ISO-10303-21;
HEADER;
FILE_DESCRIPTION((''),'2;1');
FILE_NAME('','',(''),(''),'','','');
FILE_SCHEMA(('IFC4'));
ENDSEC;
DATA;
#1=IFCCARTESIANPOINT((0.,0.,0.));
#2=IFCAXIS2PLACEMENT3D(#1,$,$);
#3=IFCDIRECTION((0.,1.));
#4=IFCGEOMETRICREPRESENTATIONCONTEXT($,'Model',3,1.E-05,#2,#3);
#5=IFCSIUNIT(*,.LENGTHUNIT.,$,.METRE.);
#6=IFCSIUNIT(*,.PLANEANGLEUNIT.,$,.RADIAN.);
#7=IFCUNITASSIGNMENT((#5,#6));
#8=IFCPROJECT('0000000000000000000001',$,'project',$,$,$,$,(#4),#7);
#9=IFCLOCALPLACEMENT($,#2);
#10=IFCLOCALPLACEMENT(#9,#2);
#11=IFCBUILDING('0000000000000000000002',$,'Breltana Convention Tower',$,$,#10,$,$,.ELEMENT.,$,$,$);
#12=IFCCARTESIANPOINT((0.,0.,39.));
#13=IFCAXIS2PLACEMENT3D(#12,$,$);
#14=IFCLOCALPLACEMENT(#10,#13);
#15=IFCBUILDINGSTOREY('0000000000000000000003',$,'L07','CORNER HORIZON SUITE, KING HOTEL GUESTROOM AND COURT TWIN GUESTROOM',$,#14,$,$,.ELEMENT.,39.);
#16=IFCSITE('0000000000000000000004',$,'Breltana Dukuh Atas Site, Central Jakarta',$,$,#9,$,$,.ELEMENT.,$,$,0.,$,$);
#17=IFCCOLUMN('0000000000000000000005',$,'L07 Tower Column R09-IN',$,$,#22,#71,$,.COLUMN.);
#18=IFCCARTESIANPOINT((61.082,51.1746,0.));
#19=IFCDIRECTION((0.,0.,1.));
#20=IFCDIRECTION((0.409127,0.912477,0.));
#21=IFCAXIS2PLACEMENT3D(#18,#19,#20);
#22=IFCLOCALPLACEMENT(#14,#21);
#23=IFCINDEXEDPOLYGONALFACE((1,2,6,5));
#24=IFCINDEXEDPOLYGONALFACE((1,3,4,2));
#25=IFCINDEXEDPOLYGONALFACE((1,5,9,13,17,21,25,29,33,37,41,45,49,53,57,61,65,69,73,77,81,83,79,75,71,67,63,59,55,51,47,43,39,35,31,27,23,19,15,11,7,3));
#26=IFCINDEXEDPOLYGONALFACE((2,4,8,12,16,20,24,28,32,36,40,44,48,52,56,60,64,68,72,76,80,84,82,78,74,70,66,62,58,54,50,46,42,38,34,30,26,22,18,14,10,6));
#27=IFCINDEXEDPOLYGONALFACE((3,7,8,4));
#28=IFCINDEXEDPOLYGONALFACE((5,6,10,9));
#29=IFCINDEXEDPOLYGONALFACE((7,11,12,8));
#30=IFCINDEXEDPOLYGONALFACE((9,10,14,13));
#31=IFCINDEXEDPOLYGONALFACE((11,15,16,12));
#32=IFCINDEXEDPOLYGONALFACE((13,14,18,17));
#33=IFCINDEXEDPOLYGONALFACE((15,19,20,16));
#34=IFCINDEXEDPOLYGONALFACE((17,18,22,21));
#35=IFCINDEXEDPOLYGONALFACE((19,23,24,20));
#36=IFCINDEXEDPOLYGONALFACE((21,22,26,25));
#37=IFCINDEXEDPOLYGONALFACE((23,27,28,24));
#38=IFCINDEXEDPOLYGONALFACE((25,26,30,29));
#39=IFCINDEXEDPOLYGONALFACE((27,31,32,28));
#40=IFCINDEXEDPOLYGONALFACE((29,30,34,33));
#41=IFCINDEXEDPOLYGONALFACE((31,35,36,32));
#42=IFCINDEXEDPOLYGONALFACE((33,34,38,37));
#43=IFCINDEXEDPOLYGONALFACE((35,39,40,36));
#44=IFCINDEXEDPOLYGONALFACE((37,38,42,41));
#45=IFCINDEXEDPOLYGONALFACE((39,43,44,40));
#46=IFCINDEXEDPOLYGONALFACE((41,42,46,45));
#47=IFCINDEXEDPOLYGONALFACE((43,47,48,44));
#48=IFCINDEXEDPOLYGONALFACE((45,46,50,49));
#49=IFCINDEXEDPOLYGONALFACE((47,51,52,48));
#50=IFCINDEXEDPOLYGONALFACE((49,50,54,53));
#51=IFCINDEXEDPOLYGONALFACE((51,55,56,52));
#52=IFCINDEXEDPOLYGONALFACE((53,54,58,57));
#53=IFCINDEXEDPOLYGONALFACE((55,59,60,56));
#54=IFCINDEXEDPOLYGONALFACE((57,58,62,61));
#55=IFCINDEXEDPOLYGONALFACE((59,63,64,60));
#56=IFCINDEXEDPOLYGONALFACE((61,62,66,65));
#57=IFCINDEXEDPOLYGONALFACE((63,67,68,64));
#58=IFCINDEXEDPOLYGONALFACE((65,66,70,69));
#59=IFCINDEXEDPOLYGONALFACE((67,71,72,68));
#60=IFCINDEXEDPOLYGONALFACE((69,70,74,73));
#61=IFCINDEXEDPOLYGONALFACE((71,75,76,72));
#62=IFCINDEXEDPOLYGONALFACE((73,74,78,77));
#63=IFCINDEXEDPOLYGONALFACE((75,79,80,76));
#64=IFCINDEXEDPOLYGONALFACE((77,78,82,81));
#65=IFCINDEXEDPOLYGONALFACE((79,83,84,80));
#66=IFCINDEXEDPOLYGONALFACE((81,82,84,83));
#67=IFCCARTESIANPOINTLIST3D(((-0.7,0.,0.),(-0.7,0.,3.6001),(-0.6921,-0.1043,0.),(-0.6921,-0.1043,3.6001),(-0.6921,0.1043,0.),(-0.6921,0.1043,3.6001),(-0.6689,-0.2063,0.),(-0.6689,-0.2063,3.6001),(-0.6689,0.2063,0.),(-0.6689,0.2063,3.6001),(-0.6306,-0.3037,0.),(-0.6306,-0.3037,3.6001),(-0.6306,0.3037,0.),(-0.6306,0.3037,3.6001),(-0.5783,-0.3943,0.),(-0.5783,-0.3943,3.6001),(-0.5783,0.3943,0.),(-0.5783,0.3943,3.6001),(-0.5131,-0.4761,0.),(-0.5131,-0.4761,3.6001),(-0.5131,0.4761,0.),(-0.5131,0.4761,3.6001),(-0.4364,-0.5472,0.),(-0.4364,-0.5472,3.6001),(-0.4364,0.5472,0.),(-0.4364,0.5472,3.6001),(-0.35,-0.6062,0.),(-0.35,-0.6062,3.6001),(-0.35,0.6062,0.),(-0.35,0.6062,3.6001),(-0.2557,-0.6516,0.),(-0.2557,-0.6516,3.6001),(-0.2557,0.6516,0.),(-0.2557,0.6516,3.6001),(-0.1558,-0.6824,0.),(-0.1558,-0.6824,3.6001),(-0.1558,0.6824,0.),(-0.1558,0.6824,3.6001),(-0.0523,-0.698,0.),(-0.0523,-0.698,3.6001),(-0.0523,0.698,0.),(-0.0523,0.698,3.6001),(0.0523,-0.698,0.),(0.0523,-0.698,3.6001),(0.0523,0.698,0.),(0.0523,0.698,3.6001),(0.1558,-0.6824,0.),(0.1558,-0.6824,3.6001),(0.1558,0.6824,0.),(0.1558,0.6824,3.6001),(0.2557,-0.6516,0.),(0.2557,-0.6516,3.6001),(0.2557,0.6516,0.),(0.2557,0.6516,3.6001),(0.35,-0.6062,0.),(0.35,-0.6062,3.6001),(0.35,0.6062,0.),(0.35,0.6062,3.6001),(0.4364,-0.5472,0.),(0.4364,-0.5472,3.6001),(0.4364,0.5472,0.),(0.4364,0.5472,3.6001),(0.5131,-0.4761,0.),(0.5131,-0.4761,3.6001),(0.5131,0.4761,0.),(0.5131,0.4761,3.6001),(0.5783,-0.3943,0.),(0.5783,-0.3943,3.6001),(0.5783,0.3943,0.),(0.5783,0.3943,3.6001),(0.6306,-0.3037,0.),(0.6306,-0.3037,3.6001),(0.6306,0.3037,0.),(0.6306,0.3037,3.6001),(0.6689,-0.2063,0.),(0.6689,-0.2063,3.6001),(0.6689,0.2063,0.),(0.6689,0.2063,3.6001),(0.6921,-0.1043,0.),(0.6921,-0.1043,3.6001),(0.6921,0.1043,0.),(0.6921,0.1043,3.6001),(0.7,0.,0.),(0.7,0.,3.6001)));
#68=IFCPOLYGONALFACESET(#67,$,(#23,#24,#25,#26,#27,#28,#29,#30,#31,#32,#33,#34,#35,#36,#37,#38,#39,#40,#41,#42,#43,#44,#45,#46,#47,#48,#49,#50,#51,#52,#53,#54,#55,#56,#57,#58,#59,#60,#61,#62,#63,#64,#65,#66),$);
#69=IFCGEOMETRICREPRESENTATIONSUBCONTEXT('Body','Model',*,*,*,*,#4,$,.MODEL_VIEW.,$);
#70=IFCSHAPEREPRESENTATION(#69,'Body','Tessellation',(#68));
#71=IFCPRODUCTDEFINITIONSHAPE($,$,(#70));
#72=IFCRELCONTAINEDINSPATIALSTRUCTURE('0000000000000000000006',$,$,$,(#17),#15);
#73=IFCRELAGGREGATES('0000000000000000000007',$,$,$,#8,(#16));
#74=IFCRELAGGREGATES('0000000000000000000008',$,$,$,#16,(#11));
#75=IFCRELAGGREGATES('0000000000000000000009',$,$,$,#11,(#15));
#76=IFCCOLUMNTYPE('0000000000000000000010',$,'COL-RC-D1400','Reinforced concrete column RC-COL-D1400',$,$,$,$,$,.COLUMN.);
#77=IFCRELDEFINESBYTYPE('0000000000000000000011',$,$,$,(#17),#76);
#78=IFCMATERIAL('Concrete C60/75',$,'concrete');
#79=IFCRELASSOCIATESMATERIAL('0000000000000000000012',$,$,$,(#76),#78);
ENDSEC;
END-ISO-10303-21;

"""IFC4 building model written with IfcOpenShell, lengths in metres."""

from ifc_helpers import new_model, si_unit, direction, frame, origin, origin_2d, place, context, subcontext, project, spatial, circle, extrude, source, transform, mapped, material, material_profile, profile_set, type_object, element, save


model = new_model("IFC4")

# Units and contexts
model_context = context("Model", 3, precision=1e-05, world=origin(), true_north=direction((0.0, 1.0)))
body_context = subcontext(model_context, "Body", "Model", "MODEL_VIEW")
ifc_project = project(units=[si_unit("LENGTHUNIT", "METRE"), si_unit("PLANEANGLEUNIT", "RADIAN")], contexts=[model_context])

# Site, building, storey
site_placement = place(None, origin())
site = spatial("IfcSite", under=ifc_project, at=site_placement, Name="Breltana Dukuh Atas Site, Central Jakarta", CompositionType="ELEMENT", RefElevation=0.0)
building_placement = place(site_placement, origin())
building = spatial("IfcBuilding", under=site, at=building_placement, Name="Breltana Convention Tower", CompositionType="ELEMENT")
storey_placement = place(building_placement, frame((0.0, 0.0, 39.0)))
storey = spatial("IfcBuildingStorey", under=building, at=storey_placement, Name="L07", Description="CORNER HORIZON SUITE, KING HOTEL GUESTROOM AND COURT TWIN GUESTROOM", CompositionType="ELEMENT", Elevation=39.0)

# Column
ifc_material_1 = material(Name="Concrete C60/75", Category="concrete")
ifc_material_profile_1 = material_profile(ifc_material_1, circle(Radius=0.7, at=origin_2d()), Name="RC-COL-D1400")
ifc_profile_set_1 = profile_set([ifc_material_profile_1], Name="Concrete C60/75")
column_type = type_object("IfcColumnType", Name="COL-RC-D1400", Description="Reinforced concrete column RC-COL-D1400", PredefinedType="COLUMN", material=ifc_profile_set_1)
shared_shape_1 = source(origin(), body_context, "Body", "SweptSolid", [
    extrude(circle(Radius=0.7, at=origin_2d()), origin(), (0.0, 0.0, 1.0), 3.6001),
])
for number, where, z_axis, x_axis, name in (
    (1, (61.082, 51.1746, 0.0), (0.0, 0.0, 1.0), (0.409127, 0.912477, 0.0), "L07 Tower Column R09-IN"),
):
    element("IfcColumn", number, at=place(storey_placement, frame(where, z_axis=z_axis, x_axis=x_axis)), inside=storey, type_object=column_type, Name=name, PredefinedType="COLUMN", context=body_context, shape_type="MappedRepresentation", body=[
        mapped(shared_shape_1, transform((0.0, 0.0, 0.0), scale=1.0)),
    ])

save(model, "model.ifc")
